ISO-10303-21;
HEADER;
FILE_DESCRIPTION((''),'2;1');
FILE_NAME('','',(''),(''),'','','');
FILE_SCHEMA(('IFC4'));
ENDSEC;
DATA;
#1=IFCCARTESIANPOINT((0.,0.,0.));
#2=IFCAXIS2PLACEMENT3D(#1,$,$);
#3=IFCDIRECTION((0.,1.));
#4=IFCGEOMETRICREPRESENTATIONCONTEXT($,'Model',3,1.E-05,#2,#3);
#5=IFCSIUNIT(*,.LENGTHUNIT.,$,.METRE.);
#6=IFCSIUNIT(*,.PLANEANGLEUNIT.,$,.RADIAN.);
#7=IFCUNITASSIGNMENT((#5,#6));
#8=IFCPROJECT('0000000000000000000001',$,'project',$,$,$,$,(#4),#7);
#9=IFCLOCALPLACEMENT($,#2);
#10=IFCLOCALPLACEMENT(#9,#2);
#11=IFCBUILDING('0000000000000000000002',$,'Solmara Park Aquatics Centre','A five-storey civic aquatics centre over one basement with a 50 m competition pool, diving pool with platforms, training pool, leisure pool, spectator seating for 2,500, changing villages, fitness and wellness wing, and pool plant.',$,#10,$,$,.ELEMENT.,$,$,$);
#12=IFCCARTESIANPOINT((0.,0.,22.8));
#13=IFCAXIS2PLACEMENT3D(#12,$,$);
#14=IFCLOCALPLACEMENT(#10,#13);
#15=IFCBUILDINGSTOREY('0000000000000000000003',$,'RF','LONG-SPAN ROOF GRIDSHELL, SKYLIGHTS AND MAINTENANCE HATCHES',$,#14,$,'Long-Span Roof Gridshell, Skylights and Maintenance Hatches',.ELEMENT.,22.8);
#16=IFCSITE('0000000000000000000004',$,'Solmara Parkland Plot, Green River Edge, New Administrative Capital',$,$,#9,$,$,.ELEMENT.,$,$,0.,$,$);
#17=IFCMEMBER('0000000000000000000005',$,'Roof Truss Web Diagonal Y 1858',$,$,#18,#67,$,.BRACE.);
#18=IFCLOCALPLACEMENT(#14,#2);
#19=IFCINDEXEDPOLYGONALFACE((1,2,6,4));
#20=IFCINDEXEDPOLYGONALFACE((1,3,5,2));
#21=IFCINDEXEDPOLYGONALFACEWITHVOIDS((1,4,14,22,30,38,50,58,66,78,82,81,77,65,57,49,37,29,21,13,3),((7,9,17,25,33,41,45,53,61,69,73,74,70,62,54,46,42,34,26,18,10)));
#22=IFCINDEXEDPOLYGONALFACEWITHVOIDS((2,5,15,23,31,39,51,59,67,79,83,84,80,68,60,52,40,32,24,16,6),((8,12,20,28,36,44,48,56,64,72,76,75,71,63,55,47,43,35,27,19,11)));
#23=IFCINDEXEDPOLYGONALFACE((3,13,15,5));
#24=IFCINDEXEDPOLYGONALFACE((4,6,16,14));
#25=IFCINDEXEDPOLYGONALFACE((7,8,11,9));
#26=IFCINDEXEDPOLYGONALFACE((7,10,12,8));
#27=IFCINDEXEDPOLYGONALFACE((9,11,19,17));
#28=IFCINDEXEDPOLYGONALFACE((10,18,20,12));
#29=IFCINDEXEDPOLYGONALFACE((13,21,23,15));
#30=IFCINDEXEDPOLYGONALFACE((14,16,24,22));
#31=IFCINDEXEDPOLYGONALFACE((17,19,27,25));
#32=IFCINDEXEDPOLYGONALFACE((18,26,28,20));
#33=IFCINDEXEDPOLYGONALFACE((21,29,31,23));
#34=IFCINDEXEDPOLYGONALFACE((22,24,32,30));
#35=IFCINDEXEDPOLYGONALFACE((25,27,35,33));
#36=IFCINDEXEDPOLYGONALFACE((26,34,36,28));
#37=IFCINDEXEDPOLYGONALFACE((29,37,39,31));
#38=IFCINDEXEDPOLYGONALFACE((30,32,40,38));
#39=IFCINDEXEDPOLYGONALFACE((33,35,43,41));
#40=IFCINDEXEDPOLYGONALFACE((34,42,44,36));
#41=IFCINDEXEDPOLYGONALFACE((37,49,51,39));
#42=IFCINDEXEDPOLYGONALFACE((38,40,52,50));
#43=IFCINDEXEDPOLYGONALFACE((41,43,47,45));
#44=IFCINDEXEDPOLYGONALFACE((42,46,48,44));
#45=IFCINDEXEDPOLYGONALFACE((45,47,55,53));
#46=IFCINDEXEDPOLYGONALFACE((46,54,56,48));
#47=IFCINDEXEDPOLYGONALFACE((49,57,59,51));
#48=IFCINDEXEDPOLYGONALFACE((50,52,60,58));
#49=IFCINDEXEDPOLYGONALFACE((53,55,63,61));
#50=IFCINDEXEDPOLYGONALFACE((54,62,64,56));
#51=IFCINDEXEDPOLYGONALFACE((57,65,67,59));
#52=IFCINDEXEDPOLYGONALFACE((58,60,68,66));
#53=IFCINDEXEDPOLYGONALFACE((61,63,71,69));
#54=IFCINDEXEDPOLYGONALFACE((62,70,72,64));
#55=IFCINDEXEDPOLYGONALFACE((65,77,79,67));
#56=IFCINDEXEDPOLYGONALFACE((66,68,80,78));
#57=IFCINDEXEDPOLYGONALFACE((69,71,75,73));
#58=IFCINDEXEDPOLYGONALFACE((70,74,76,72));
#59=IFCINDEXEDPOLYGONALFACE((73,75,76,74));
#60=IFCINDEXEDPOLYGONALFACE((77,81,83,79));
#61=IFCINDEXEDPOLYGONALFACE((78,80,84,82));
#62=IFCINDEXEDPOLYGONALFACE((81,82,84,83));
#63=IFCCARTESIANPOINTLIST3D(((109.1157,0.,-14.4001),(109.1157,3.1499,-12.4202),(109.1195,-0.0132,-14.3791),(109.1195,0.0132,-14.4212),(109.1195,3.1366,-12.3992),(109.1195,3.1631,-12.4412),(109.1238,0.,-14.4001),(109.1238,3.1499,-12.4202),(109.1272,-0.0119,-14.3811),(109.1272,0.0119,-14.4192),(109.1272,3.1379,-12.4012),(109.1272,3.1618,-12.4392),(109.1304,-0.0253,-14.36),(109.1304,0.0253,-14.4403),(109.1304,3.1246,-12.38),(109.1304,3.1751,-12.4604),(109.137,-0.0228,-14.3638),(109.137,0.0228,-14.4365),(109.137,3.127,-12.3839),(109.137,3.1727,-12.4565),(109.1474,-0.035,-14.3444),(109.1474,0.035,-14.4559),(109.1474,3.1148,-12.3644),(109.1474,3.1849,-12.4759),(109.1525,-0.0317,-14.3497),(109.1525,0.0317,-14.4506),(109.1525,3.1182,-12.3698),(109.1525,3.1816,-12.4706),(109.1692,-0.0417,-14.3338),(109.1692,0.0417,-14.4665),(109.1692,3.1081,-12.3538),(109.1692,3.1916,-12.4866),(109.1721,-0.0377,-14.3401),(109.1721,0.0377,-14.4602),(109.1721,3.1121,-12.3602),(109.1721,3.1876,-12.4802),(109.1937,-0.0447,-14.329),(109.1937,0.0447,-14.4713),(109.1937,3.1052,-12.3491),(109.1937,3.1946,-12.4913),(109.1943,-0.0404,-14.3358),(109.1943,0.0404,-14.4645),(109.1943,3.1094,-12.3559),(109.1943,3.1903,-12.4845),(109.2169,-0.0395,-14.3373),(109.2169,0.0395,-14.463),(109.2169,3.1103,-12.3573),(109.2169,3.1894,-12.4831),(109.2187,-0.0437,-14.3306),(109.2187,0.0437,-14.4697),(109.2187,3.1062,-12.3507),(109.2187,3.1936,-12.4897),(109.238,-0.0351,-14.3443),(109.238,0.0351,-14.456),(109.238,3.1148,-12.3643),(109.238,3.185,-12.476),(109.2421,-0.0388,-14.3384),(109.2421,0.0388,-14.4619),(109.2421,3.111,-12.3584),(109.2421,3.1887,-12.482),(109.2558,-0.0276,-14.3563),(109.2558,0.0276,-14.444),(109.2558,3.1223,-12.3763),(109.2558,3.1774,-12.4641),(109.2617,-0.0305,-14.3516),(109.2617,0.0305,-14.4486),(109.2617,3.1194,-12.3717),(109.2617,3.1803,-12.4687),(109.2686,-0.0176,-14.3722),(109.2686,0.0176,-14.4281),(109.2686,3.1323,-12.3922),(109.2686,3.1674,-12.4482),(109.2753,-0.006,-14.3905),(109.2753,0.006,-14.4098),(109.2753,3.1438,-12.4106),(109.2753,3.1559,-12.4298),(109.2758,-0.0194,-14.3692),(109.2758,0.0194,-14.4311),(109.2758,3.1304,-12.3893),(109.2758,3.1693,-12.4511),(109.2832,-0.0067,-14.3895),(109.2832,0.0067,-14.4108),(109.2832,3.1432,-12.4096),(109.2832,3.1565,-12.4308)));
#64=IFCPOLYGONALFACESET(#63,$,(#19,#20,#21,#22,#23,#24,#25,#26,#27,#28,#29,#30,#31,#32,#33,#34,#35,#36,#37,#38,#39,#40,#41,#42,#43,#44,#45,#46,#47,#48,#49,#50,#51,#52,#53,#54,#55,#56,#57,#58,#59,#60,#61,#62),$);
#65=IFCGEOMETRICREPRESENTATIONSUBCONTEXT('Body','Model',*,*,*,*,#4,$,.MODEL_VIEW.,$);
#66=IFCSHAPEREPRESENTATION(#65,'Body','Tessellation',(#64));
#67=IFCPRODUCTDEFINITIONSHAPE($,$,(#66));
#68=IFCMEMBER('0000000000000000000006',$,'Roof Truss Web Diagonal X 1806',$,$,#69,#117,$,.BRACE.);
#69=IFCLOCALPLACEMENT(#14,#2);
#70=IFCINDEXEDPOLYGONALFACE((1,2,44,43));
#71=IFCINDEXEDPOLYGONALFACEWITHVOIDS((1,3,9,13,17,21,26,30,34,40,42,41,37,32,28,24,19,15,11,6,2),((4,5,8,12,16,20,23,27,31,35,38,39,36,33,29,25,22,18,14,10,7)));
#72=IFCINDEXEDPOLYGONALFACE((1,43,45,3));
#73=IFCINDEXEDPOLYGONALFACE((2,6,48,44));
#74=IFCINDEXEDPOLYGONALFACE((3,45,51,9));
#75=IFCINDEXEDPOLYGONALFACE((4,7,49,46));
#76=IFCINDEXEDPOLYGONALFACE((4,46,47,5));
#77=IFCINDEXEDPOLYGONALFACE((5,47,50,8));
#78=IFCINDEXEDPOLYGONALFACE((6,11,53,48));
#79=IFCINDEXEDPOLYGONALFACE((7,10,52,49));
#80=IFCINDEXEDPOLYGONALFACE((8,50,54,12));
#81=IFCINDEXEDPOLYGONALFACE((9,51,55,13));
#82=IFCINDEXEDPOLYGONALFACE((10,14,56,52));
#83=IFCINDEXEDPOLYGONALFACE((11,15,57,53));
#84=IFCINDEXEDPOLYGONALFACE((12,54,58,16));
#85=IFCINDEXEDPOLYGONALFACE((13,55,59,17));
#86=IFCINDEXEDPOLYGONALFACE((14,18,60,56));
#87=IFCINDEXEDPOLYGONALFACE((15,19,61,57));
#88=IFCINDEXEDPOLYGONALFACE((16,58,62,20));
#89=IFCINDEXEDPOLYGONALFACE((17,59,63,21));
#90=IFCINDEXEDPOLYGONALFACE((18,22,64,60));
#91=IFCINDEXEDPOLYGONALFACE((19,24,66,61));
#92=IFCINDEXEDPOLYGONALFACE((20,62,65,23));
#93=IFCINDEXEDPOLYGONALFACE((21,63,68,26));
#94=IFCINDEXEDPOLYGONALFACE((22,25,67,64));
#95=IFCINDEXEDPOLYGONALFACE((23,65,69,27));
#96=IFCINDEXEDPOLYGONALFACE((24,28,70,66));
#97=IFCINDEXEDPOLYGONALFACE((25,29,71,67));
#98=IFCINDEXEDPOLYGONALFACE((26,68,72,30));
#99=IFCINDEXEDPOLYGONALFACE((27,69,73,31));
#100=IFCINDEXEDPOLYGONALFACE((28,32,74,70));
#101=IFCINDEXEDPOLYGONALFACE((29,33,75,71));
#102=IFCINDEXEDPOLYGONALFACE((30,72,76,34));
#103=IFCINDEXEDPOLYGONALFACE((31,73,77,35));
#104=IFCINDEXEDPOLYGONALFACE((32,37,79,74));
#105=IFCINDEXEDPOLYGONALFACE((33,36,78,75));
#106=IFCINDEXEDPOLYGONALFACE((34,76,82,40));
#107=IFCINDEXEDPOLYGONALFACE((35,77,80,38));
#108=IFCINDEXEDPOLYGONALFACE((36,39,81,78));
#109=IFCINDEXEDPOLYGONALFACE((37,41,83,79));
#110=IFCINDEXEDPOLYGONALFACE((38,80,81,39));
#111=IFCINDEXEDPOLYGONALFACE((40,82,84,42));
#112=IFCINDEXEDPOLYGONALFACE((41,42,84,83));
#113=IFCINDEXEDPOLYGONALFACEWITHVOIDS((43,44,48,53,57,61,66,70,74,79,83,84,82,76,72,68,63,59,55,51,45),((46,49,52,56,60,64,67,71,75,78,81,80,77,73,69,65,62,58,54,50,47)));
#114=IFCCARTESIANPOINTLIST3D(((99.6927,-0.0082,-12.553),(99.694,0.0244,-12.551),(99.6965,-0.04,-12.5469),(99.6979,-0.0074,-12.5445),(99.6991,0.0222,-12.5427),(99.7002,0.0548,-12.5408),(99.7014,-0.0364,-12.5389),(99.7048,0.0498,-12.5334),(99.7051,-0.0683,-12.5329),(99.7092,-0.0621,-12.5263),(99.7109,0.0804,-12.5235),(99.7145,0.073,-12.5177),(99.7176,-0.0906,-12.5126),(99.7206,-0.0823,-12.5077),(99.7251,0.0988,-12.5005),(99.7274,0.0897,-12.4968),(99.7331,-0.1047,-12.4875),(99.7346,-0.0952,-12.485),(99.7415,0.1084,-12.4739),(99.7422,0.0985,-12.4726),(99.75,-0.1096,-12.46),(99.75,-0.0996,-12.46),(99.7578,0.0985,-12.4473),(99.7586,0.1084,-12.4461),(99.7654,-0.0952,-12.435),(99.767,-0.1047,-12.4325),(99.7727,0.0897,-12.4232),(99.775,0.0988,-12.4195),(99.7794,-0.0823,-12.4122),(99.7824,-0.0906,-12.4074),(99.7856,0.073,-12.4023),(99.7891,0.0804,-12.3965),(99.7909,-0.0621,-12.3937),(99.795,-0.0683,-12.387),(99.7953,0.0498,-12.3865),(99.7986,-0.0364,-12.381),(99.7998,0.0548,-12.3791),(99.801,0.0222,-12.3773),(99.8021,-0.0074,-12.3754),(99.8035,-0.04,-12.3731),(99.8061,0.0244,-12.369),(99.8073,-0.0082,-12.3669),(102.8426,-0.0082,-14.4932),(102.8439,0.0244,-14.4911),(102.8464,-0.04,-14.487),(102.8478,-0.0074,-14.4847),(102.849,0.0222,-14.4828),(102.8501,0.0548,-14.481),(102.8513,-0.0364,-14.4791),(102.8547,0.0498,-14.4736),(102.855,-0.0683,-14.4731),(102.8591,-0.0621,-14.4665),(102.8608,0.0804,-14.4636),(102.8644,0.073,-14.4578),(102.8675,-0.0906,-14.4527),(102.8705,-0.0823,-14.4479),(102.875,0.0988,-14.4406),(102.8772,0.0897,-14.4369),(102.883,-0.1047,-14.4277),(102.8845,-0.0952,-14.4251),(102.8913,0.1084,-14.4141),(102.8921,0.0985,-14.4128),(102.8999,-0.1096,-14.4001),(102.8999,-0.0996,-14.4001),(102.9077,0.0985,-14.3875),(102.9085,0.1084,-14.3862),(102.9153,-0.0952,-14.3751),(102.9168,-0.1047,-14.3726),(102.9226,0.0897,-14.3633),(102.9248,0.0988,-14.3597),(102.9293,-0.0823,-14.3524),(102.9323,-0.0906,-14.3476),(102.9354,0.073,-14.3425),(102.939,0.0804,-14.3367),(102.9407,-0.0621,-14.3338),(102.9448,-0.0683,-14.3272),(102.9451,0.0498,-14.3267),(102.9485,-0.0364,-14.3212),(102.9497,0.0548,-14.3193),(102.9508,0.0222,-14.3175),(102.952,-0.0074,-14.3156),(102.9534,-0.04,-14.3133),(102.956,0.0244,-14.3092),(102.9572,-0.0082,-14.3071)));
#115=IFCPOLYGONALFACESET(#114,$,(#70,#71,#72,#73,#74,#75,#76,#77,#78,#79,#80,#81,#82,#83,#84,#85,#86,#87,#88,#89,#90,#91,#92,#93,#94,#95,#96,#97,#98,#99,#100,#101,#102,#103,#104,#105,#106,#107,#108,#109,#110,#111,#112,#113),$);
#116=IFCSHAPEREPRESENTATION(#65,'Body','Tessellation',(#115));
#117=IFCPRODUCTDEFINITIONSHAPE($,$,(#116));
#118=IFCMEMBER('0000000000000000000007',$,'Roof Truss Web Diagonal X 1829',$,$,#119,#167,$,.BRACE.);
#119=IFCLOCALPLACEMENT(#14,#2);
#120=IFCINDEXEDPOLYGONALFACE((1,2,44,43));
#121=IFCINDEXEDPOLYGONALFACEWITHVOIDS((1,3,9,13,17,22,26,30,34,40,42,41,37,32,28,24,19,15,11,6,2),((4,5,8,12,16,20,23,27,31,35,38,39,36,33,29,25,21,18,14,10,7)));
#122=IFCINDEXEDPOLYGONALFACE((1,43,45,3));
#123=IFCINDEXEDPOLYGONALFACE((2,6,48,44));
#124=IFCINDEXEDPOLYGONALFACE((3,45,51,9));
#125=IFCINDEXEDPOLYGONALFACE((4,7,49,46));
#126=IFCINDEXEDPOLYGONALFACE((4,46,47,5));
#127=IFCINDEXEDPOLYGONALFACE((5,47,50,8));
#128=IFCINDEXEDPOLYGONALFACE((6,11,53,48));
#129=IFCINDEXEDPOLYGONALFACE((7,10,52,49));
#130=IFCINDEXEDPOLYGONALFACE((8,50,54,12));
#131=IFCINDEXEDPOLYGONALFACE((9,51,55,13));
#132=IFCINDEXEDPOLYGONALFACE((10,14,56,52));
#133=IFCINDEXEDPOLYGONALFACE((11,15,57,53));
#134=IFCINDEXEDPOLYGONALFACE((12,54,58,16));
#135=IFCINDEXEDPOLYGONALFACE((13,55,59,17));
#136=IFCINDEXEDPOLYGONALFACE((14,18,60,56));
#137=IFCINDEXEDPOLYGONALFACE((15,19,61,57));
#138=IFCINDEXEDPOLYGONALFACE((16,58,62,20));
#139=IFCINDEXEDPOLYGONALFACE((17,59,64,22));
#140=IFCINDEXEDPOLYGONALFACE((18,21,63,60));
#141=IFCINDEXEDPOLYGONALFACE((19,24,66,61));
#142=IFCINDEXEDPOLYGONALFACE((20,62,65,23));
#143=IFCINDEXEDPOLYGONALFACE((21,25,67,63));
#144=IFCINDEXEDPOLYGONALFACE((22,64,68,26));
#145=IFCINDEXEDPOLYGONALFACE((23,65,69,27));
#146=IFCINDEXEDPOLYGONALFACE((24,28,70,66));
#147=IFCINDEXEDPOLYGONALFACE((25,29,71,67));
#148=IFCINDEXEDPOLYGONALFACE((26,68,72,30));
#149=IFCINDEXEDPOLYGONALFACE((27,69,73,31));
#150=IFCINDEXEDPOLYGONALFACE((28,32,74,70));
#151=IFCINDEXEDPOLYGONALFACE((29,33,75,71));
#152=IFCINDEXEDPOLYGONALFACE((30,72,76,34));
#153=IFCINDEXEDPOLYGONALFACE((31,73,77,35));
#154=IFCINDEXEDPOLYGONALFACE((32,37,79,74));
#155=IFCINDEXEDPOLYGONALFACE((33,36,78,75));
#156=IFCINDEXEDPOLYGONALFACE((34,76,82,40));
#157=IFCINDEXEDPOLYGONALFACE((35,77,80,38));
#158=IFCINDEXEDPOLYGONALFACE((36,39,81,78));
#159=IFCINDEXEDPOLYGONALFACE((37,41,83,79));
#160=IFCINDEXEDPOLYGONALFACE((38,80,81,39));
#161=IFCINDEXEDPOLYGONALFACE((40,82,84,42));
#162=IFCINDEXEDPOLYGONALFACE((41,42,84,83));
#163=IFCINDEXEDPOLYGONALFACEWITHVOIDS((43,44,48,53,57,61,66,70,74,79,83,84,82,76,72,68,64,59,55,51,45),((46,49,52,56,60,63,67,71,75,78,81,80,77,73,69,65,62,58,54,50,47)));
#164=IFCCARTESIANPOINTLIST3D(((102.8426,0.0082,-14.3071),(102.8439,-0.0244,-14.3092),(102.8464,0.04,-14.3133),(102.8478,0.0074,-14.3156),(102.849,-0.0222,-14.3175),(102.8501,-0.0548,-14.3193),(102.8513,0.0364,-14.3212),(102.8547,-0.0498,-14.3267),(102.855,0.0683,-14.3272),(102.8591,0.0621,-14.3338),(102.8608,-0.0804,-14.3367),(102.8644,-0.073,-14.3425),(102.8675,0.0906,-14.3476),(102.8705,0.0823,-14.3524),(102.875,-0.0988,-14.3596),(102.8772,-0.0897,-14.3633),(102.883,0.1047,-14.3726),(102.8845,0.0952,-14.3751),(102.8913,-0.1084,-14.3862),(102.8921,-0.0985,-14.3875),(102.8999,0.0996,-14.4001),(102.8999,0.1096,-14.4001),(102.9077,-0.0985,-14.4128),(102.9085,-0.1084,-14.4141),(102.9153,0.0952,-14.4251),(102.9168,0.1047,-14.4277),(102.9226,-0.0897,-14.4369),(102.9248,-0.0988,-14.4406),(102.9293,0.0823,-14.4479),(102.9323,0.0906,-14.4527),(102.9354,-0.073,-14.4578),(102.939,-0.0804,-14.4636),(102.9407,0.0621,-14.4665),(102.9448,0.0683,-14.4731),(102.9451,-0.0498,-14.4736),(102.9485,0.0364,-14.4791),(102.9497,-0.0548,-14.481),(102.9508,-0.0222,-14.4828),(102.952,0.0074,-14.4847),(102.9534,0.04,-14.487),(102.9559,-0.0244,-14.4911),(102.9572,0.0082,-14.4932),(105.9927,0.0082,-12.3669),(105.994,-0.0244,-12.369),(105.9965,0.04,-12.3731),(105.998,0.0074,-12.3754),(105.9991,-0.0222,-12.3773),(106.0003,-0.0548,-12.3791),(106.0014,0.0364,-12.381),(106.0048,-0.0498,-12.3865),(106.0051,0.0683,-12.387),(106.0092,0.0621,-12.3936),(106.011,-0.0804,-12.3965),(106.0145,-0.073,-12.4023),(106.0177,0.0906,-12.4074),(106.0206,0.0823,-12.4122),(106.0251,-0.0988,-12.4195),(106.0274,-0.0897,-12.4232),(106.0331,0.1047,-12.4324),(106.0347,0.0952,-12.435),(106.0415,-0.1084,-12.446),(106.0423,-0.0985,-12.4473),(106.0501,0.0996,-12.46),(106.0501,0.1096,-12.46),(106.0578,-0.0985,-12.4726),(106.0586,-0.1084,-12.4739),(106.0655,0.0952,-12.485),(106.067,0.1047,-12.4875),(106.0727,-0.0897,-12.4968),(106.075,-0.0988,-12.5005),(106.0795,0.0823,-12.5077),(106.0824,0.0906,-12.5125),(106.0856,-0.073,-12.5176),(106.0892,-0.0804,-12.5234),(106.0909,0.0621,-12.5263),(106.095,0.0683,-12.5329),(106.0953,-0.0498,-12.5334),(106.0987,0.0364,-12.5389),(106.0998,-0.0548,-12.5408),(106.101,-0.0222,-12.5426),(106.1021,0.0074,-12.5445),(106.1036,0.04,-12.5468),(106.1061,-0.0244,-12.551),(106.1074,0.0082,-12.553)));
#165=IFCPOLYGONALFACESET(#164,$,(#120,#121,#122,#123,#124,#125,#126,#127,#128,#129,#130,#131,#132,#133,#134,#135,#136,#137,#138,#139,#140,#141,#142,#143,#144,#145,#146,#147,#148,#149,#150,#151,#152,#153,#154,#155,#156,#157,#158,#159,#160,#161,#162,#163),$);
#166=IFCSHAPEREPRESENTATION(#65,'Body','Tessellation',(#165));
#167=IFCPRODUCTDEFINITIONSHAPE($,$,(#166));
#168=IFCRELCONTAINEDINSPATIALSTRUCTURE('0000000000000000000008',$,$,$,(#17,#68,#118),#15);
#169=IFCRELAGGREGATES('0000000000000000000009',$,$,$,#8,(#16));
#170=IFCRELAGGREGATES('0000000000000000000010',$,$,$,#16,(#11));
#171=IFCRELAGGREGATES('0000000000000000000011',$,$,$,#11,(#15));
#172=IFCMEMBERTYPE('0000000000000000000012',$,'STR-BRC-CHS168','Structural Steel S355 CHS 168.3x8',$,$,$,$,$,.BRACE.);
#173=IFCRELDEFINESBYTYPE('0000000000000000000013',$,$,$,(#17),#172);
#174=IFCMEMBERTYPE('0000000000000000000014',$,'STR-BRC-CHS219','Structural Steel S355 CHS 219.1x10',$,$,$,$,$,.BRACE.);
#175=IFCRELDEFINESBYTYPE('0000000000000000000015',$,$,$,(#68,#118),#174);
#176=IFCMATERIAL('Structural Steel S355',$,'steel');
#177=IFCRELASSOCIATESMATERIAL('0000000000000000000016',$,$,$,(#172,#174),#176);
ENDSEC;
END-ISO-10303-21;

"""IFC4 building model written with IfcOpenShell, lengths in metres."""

from ifc_helpers import new_model, si_unit, direction, frame, origin, origin_2d, place, context, subcontext, project, spatial, hollow_circle, extrude, material, material_profile, profile_set, type_object, element, save


model = new_model("IFC4")

# Units and contexts
model_context = context("Model", 3, precision=1e-05, world=origin(), true_north=direction((0.0, 1.0)))
body_context = subcontext(model_context, "Body", "Model", "MODEL_VIEW")
ifc_project = project(units=[si_unit("LENGTHUNIT", "METRE"), si_unit("PLANEANGLEUNIT", "RADIAN")], contexts=[model_context])

# Site, building, storey
site_placement = place(None, origin())
site = spatial("IfcSite", under=ifc_project, at=site_placement, Name="Solmara Parkland Plot, Green River Edge, New Administrative Capital", CompositionType="ELEMENT", RefElevation=0.0)
building_placement = place(site_placement, origin())
building = spatial("IfcBuilding", under=site, at=building_placement, Name="Solmara Park Aquatics Centre", Description="A five-storey civic aquatics centre over one basement with a 50 m competition pool, diving pool with platforms, training pool, leisure pool, spectator seating for 2,500, changing villages, fitness and wellness wing, and pool plant.", CompositionType="ELEMENT")
storey_placement = place(building_placement, frame((0.0, 0.0, 22.8)))
storey = spatial("IfcBuildingStorey", under=building, at=storey_placement, Name="RF", Description="LONG-SPAN ROOF GRIDSHELL, SKYLIGHTS AND MAINTENANCE HATCHES", LongName="Long-Span Roof Gridshell, Skylights and Maintenance Hatches", CompositionType="ELEMENT", Elevation=22.8)

# Members
ifc_material_1 = material(Name="Structural Steel S355", Category="steel")
ifc_material_profile_1 = material_profile(ifc_material_1, hollow_circle(Radius=0.0842, WallThickness=0.0081, at=origin_2d()), Name="CHS 168.3x8")
ifc_profile_set_1 = profile_set([ifc_material_profile_1], Name="Structural Steel S355")
member_type_1 = type_object("IfcMemberType", Name="STR-BRC-CHS168", Description="Structural Steel S355 CHS 168.3x8", PredefinedType="BRACE", material=ifc_profile_set_1)
member_1_placement = place(storey_placement, frame((109.2, 0.0, -14.4001), z_axis=(0.0, 0.846631, 0.53218), x_axis=(-1.0, 0.0, 0.0)))
element("IfcMember", 1, at=member_1_placement, inside=storey, type_object=member_type_1, Name="Roof Truss Web Diagonal Y 1858", PredefinedType="BRACE", context=body_context, shape_type="SweptSolid", body=[
    extrude(hollow_circle(Radius=0.0842, WallThickness=0.0081, at=origin_2d()), origin(), (0.0, 0.0, 1.0), 3.7205),
])
ifc_material_profile_2 = material_profile(ifc_material_1, hollow_circle(Radius=0.1096, WallThickness=0.01, at=origin_2d()), Name="CHS 219.1x10")
ifc_profile_set_2 = profile_set([ifc_material_profile_2], Name="Structural Steel S355")
member_type_2 = type_object("IfcMemberType", Name="STR-BRC-CHS219", Description="Structural Steel S355 CHS 219.1x10", PredefinedType="BRACE", material=ifc_profile_set_2)
member_2_placement = place(storey_placement, frame((102.8999, 0.0, -14.4001), z_axis=(-0.851443, 0.0, 0.524447), x_axis=(0.0, -1.0, 0.0)))
element("IfcMember", 2, at=member_2_placement, inside=storey, type_object=member_type_2, Name="Roof Truss Web Diagonal X 1806", PredefinedType="BRACE", context=body_context, shape_type="SweptSolid", body=[
    extrude(hollow_circle(Radius=0.1096, WallThickness=0.01, at=origin_2d()), origin(), (0.0, 0.0, 1.0), 3.6995),
])
member_3_placement = place(storey_placement, frame((102.8999, 0.0, -14.4001), z_axis=(0.851461, 0.0, 0.524418), x_axis=(0.0, 1.0, 0.0)))
element("IfcMember", 3, at=member_3_placement, inside=storey, type_object=member_type_2, Name="Roof Truss Web Diagonal X 1829", PredefinedType="BRACE", context=body_context, shape_type="SweptSolid", body=[
    extrude(hollow_circle(Radius=0.1096, WallThickness=0.01, at=origin_2d()), origin(), (0.0, 0.0, 1.0), 3.6997),
])

save(model, "model.ifc")
